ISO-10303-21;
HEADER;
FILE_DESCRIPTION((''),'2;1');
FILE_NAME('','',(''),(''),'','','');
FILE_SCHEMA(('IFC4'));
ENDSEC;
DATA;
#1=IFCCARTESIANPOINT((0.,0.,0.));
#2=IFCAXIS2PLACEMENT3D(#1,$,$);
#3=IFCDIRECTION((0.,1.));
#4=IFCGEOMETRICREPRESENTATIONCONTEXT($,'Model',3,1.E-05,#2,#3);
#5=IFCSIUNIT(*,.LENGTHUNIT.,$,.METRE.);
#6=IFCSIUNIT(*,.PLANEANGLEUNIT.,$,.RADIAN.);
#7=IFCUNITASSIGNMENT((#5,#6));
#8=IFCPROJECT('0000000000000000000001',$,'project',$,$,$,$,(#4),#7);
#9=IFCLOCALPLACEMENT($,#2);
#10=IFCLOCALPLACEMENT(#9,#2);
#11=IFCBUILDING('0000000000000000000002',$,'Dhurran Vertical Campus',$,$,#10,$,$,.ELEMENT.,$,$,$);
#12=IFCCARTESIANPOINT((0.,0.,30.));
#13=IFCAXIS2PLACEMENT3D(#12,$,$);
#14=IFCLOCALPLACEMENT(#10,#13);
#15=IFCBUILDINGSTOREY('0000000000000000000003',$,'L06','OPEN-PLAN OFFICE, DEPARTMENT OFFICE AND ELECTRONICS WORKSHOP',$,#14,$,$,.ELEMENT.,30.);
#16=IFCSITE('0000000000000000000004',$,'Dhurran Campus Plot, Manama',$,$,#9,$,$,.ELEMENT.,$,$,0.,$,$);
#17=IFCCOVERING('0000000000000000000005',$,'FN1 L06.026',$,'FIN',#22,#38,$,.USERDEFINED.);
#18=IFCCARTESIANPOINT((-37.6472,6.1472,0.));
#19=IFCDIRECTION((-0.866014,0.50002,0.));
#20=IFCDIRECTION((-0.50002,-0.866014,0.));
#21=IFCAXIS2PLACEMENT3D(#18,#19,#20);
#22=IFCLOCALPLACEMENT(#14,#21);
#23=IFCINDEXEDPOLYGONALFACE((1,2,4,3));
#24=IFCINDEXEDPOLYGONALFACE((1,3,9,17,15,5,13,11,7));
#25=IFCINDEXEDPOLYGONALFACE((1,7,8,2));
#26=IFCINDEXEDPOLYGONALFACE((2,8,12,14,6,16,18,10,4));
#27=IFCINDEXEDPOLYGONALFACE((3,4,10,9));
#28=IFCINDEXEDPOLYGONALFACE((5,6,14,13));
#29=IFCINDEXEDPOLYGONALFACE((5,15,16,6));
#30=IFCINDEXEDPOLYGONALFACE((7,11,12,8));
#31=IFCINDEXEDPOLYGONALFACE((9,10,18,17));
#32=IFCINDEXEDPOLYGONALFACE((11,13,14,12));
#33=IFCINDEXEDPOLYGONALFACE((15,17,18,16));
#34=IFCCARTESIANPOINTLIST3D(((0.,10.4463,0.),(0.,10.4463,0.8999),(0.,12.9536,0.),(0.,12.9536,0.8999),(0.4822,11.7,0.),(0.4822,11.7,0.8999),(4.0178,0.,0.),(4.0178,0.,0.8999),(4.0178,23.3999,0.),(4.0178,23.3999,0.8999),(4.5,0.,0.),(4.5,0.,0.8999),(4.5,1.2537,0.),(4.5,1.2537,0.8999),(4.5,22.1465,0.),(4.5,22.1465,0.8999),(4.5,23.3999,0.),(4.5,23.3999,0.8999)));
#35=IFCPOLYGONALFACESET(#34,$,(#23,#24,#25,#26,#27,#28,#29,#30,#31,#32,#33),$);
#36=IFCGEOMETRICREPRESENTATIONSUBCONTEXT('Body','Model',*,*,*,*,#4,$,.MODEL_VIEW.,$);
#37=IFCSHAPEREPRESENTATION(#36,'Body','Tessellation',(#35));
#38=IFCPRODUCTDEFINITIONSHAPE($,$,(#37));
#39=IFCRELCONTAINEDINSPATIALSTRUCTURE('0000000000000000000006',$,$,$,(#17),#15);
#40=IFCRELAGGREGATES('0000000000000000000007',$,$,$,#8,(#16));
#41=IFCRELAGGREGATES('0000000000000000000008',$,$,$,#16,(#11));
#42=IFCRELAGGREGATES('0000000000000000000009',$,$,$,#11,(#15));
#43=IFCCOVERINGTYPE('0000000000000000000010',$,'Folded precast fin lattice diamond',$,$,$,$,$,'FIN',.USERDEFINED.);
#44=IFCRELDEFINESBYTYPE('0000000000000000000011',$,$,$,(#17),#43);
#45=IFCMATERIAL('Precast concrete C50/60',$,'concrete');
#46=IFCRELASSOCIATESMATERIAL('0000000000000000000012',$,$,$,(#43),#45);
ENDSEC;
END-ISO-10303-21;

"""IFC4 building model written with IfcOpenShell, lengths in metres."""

from ifc_helpers import new_model, si_unit, direction, frame, origin, place, context, subcontext, project, spatial, polyline, outline, extrude, material, type_object, element, save


model = new_model("IFC4")

# Units and contexts
model_context = context("Model", 3, precision=1e-05, world=origin(), true_north=direction((0.0, 1.0)))
body_context = subcontext(model_context, "Body", "Model", "MODEL_VIEW")
ifc_project = project(units=[si_unit("LENGTHUNIT", "METRE"), si_unit("PLANEANGLEUNIT", "RADIAN")], contexts=[model_context])

# Site, building, storey
site_placement = place(None, origin())
site = spatial("IfcSite", under=ifc_project, at=site_placement, Name="Dhurran Campus Plot, Manama", CompositionType="ELEMENT", RefElevation=0.0)
building_placement = place(site_placement, origin())
building = spatial("IfcBuilding", under=site, at=building_placement, Name="Dhurran Vertical Campus", CompositionType="ELEMENT")
storey_placement = place(building_placement, frame((0.0, 0.0, 30.0)))
storey = spatial("IfcBuildingStorey", under=building, at=storey_placement, Name="L06", Description="OPEN-PLAN OFFICE, DEPARTMENT OFFICE AND ELECTRONICS WORKSHOP", CompositionType="ELEMENT", Elevation=30.0)

# Covering
ifc_material_1 = material(Name="Precast concrete C50/60", Category="concrete")
covering_type = type_object("IfcCoveringType", Name="Folded precast fin lattice diamond", ElementType="FIN", PredefinedType="USERDEFINED", material=ifc_material_1)
covering_1_placement = place(storey_placement, frame((-37.6472, 6.1472, 0.0), z_axis=(-0.866014, 0.50002, 0.0), x_axis=(-0.50002, -0.866014, 0.0)))
element("IfcCovering", 1, at=covering_1_placement, inside=storey, type_object=covering_type, Name="FN1 L06.026", ObjectType="FIN", PredefinedType="USERDEFINED", context=body_context, shape_type="SweptSolid", body=[
    extrude(outline(polyline([(4.0178, 0.0), (0.0, 10.4463), (0.0, 12.9536), (4.0178, 23.3999), (4.5, 23.3999), (4.5, 22.1465), (0.4822, 11.7), (4.5, 1.2537), (4.5, 0.0), (4.0178, 0.0)])), origin(), (0.0, 0.0, 1.0), 0.8999),
])

save(model, "model.ifc")
